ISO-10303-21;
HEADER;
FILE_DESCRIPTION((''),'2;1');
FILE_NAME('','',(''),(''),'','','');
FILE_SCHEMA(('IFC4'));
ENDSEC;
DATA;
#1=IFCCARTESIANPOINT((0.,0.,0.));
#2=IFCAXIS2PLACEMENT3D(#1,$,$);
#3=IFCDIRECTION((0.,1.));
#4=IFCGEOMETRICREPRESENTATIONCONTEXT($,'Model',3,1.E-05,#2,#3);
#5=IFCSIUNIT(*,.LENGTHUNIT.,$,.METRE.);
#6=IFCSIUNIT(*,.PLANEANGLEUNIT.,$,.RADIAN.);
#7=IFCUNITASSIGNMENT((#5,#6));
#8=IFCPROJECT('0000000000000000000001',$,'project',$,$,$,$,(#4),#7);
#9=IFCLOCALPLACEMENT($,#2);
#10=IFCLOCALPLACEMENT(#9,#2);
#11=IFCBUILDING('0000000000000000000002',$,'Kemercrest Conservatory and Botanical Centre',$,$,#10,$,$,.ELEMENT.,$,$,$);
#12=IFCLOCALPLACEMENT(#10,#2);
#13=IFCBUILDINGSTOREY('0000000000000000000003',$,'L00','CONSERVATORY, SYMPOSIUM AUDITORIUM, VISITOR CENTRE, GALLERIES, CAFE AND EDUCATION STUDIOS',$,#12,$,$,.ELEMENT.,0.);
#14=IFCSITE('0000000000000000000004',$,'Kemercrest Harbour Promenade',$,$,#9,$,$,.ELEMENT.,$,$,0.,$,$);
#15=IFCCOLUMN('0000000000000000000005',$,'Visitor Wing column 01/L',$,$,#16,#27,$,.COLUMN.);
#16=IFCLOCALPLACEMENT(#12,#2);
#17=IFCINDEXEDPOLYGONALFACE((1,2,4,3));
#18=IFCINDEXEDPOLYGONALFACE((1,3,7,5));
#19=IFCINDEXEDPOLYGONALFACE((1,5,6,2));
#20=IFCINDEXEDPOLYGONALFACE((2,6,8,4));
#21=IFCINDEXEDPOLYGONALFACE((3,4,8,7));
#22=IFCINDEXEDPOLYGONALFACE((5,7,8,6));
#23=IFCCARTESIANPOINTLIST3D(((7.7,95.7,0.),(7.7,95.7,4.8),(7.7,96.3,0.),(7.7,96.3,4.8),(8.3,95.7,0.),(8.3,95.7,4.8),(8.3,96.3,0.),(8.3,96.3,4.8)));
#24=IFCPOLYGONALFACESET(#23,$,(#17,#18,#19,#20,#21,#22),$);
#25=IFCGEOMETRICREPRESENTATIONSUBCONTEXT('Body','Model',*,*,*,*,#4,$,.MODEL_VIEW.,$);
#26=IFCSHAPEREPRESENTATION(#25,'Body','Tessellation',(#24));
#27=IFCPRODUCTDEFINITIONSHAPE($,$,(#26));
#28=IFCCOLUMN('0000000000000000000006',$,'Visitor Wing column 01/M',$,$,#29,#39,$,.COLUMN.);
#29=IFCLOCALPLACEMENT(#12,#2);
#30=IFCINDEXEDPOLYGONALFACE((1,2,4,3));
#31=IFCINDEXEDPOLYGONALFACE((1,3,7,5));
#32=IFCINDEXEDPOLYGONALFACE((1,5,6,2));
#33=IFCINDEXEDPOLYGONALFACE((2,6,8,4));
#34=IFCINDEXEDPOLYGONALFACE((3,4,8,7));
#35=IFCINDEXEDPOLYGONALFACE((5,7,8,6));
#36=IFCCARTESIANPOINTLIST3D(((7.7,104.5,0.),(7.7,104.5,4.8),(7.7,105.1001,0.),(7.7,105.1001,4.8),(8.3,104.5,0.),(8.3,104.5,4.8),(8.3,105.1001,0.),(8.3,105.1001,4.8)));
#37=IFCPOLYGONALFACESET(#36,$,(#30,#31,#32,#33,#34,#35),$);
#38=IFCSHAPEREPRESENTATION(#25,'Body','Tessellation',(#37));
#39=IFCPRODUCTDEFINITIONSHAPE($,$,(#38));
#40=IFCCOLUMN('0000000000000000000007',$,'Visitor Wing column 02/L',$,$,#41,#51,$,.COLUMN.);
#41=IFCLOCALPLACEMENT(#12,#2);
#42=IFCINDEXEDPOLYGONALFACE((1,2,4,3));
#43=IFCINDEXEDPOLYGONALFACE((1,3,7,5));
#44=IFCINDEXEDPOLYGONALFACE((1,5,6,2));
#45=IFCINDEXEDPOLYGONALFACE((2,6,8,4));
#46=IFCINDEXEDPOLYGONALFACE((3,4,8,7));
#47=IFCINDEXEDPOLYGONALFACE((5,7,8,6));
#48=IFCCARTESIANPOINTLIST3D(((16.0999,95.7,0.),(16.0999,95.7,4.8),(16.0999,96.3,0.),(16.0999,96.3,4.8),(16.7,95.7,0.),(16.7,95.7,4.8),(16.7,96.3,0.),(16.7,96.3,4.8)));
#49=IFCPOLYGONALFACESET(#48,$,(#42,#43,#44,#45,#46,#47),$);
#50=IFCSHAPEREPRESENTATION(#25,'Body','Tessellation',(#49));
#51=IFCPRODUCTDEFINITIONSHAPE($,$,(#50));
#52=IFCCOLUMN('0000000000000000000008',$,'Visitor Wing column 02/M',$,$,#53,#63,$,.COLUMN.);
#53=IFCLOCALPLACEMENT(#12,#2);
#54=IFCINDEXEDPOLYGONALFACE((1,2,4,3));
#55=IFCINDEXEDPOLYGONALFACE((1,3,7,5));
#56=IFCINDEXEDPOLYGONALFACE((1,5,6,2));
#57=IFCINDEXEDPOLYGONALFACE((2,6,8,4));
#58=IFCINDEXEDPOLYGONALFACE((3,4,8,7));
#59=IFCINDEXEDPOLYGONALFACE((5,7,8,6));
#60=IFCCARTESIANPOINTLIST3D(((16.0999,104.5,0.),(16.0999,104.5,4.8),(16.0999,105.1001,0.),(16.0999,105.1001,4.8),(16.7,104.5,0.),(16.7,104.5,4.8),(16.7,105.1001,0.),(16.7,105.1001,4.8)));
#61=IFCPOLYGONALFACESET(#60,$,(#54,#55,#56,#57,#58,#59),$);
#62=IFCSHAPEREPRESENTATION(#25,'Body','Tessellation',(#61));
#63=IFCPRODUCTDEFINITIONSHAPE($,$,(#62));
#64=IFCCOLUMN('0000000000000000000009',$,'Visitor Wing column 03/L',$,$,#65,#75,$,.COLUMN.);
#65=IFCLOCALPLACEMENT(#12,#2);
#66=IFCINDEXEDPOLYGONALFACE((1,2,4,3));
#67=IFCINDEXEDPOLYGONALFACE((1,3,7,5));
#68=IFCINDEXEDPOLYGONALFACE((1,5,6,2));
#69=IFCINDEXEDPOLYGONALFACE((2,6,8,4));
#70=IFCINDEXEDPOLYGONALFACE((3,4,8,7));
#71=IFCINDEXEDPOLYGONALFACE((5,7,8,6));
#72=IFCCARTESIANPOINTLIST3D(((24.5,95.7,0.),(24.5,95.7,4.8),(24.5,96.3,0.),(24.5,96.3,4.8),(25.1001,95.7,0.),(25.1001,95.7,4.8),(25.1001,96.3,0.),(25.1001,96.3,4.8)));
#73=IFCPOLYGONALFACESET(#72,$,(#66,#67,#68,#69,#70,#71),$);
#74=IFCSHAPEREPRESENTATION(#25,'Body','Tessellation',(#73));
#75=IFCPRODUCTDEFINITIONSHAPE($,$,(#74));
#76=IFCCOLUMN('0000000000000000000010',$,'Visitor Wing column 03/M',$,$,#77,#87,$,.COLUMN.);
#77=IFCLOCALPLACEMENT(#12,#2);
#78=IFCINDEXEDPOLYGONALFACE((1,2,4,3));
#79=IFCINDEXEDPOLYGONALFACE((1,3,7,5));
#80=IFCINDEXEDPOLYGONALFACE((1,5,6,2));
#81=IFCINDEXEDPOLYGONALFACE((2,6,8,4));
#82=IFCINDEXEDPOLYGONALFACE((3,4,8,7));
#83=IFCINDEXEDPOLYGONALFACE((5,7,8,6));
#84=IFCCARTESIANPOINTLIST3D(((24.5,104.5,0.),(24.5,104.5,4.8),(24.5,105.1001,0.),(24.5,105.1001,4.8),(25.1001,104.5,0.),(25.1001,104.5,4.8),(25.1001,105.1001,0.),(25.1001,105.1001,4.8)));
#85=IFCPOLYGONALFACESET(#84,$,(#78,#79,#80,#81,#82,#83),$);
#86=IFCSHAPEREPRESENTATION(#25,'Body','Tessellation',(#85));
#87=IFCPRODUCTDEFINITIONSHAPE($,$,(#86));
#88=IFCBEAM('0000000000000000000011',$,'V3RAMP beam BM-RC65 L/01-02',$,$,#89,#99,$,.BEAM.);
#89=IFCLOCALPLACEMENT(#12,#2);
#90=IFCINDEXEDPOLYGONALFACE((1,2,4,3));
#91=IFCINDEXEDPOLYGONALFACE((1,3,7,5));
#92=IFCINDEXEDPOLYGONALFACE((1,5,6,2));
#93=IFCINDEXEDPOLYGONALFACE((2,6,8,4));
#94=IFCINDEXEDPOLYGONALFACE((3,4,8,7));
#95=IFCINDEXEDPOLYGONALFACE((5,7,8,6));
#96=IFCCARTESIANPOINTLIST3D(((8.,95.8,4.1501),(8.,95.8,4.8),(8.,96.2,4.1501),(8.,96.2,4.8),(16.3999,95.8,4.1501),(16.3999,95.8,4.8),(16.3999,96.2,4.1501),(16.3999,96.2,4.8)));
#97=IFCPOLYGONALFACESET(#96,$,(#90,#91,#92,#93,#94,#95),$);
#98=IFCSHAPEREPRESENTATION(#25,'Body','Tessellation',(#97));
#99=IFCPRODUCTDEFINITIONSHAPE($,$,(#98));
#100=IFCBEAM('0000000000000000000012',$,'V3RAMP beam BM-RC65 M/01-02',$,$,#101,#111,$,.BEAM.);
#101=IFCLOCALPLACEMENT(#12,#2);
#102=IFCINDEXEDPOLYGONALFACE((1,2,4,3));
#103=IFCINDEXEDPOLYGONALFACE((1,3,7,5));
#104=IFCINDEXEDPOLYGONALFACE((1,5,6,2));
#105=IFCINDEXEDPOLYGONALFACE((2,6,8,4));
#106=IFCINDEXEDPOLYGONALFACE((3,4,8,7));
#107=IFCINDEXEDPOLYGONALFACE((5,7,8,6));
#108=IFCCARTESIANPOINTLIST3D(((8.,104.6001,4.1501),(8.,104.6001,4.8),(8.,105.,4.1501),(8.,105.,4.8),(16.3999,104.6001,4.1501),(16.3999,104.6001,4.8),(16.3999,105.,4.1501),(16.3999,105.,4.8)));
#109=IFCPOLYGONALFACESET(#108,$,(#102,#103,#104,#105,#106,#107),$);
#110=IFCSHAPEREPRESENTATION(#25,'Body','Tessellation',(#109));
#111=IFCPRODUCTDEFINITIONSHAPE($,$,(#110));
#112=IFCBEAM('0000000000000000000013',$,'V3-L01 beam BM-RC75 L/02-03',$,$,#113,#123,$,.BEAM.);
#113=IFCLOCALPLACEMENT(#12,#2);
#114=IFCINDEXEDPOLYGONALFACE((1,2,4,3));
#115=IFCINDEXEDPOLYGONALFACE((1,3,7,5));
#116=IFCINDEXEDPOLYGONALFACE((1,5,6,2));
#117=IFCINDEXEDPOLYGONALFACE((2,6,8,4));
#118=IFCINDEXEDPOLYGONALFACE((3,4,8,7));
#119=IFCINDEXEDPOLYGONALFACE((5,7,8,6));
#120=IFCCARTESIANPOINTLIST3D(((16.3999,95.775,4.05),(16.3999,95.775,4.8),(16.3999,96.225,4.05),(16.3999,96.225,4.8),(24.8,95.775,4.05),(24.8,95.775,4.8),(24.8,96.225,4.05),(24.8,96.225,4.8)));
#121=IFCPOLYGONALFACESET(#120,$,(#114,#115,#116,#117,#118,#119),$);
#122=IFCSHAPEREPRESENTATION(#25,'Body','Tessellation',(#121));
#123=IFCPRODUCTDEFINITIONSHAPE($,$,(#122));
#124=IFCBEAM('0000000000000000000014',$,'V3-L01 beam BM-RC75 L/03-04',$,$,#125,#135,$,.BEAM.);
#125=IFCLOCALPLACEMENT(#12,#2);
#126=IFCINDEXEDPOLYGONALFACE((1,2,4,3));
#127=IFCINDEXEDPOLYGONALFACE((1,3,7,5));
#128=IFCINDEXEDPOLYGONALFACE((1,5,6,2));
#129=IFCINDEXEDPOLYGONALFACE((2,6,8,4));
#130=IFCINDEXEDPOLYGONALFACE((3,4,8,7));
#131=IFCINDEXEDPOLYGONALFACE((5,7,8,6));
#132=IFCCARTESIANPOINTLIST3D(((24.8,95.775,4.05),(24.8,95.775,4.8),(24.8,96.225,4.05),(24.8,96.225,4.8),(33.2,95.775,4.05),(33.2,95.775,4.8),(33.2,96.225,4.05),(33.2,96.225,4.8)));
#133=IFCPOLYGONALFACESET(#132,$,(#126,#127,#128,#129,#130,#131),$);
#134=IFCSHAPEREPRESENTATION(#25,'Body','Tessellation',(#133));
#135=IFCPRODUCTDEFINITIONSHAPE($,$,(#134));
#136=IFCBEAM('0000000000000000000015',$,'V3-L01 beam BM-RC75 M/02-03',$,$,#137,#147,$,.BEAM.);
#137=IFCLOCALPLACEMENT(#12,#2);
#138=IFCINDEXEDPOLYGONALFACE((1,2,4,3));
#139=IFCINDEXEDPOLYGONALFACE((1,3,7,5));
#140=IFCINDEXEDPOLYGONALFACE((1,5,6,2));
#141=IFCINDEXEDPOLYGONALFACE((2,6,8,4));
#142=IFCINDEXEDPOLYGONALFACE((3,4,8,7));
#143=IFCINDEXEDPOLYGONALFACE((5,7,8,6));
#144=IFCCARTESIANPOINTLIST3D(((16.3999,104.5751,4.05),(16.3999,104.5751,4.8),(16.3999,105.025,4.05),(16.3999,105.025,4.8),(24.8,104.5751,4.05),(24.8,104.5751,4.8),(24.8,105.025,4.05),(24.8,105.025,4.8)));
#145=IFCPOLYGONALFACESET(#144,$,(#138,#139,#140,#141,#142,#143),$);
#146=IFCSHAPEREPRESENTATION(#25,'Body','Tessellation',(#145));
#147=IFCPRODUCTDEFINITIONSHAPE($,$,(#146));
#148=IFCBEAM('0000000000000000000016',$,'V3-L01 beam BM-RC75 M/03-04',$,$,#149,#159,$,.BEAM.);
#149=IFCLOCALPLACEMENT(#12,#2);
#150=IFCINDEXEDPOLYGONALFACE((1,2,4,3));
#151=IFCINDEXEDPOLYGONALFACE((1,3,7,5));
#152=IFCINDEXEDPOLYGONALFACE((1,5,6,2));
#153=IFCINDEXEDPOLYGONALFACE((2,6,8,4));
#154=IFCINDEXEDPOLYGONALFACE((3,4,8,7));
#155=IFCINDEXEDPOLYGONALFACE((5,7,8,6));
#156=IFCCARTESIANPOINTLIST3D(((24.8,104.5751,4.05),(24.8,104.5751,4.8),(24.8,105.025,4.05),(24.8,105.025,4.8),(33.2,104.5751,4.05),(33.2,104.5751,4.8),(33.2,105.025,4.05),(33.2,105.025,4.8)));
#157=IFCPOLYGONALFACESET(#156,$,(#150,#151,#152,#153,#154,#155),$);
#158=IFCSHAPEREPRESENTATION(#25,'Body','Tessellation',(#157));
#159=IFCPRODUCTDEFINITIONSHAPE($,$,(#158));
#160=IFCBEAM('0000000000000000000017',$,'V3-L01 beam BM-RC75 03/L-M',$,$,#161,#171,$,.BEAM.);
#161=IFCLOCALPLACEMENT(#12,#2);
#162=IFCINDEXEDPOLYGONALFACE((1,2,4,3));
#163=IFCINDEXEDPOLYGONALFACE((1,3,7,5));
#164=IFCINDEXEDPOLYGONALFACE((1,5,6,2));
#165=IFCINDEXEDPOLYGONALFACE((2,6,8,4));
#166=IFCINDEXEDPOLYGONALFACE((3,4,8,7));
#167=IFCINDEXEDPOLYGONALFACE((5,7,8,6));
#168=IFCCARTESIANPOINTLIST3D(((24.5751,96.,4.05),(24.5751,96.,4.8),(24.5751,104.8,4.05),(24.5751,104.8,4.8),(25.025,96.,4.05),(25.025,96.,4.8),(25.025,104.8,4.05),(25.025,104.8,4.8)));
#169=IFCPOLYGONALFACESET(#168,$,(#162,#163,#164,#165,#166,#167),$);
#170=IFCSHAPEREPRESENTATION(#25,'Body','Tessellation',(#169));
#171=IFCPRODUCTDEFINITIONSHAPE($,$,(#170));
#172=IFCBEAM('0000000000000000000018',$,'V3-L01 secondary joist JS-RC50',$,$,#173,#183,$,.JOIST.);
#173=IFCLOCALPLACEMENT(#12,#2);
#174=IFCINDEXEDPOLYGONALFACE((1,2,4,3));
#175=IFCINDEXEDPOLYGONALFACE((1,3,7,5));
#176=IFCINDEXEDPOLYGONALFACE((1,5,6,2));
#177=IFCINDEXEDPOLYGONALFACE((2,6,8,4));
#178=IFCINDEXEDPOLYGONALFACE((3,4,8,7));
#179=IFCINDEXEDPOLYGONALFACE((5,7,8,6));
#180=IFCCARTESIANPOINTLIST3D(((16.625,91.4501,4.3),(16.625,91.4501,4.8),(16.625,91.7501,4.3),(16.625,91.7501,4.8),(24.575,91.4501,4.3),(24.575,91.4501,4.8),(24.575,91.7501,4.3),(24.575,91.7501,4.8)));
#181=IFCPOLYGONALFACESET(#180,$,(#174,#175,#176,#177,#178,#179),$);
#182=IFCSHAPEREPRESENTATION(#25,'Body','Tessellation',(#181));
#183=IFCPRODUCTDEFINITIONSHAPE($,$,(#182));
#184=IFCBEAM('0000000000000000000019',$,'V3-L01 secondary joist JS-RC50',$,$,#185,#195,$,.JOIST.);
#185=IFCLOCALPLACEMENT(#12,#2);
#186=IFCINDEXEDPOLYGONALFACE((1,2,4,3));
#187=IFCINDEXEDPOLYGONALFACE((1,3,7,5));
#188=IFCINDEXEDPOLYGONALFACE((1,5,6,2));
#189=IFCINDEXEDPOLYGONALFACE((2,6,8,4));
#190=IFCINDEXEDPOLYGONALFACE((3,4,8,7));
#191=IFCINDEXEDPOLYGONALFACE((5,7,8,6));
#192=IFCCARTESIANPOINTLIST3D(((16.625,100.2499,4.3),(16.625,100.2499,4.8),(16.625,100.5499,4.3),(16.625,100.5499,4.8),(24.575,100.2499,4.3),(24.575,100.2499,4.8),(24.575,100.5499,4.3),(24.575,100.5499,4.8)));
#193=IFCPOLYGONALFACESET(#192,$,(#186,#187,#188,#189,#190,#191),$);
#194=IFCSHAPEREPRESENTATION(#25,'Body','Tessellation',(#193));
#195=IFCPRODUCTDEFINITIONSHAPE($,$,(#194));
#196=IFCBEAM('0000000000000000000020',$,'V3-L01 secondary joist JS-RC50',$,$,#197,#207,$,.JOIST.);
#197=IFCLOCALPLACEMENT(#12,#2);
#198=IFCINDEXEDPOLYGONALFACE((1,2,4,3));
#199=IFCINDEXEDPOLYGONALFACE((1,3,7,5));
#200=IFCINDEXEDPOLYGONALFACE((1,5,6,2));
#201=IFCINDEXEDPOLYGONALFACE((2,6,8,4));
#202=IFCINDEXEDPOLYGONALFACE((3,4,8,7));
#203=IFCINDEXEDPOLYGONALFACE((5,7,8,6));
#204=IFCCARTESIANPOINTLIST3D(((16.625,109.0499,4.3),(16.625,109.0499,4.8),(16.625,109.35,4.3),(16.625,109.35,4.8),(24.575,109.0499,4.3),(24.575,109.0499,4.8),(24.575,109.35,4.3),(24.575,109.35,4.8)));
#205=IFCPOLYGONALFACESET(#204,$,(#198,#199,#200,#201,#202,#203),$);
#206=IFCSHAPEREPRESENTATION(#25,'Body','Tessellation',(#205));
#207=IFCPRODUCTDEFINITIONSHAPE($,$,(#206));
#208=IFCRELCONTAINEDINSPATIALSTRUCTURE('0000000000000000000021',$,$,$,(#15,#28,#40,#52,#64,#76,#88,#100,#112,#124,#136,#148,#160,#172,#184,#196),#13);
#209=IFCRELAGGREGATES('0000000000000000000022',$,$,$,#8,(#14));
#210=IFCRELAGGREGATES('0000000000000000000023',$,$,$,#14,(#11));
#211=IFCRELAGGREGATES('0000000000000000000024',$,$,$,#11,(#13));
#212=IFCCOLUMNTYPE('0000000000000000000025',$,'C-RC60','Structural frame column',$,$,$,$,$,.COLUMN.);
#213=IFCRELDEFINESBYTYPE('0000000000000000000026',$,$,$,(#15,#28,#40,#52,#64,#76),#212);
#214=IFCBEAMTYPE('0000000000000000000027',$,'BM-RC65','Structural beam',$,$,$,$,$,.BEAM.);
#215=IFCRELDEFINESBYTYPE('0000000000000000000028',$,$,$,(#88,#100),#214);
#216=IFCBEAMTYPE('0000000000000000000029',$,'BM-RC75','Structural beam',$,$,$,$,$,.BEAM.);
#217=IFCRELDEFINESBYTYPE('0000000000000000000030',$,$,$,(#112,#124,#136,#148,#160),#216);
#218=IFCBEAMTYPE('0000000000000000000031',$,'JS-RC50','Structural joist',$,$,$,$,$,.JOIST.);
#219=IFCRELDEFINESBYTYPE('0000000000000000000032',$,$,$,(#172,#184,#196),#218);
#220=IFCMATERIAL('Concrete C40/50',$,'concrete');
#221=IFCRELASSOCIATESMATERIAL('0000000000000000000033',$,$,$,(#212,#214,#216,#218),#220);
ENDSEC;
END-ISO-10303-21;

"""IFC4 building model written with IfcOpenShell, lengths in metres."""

from ifc_helpers import new_model, si_unit, direction, frame, origin, origin_2d, place, context, subcontext, project, spatial, rectangle, extrude, material, material_profile, profile_set, type_object, element, save


model = new_model("IFC4")

# Units and contexts
model_context = context("Model", 3, precision=1e-05, world=origin(), true_north=direction((0.0, 1.0)))
body_context = subcontext(model_context, "Body", "Model", "MODEL_VIEW")
ifc_project = project(units=[si_unit("LENGTHUNIT", "METRE"), si_unit("PLANEANGLEUNIT", "RADIAN")], contexts=[model_context])

# Site, building, storey
site_placement = place(None, origin())
site = spatial("IfcSite", under=ifc_project, at=site_placement, Name="Kemercrest Harbour Promenade", CompositionType="ELEMENT", RefElevation=0.0)
building_placement = place(site_placement, origin())
building = spatial("IfcBuilding", under=site, at=building_placement, Name="Kemercrest Conservatory and Botanical Centre", CompositionType="ELEMENT")
storey_placement = place(building_placement, origin())
storey = spatial("IfcBuildingStorey", under=building, at=storey_placement, Name="L00", Description="CONSERVATORY, SYMPOSIUM AUDITORIUM, VISITOR CENTRE, GALLERIES, CAFE AND EDUCATION STUDIOS", CompositionType="ELEMENT", Elevation=0.0)

# Columns
ifc_material_1 = material(Name="Concrete C40/50", Category="concrete")
ifc_material_profile_1 = material_profile(ifc_material_1, rectangle(XDim=0.6001, YDim=0.6001, at=origin_2d()), Name="RC 600x600")
ifc_profile_set_1 = profile_set([ifc_material_profile_1], Name="Concrete C40/50")
column_type = type_object("IfcColumnType", Name="C-RC60", Description="Structural frame column", PredefinedType="COLUMN", material=ifc_profile_set_1)
for number, where, z_axis, x_axis, name in (
    (1, (8.0, 96.0, 0.0), (0.0, 0.0, 1.0), (1.0, 0.0, 0.0), "Visitor Wing column 01/L"),
    (2, (8.0, 104.8, 0.0), (0.0, 0.0, 1.0), (1.0, 0.0, 0.0), "Visitor Wing column 01/M"),
    (3, (16.3999, 96.0, 0.0), (0.0, 0.0, 1.0), (1.0, 0.0, 0.0), "Visitor Wing column 02/L"),
    (4, (16.3999, 104.8, 0.0), (0.0, 0.0, 1.0), (1.0, 0.0, 0.0), "Visitor Wing column 02/M"),
    (5, (24.8, 96.0, 0.0), (0.0, 0.0, 1.0), (1.0, 0.0, 0.0), "Visitor Wing column 03/L"),
    (6, (24.8, 104.8, 0.0), (0.0, 0.0, 1.0), (1.0, 0.0, 0.0), "Visitor Wing column 03/M"),
):
    element("IfcColumn", number, at=place(storey_placement, frame(where, z_axis=z_axis, x_axis=x_axis)), inside=storey, type_object=column_type, Name=name, PredefinedType="COLUMN", context=body_context, shape_type="SweptSolid", body=[
        extrude(rectangle(XDim=0.6001, YDim=0.6001, at=origin_2d()), origin(), (0.0, 0.0, 1.0), 4.8),
    ])

# Beams
ifc_material_profile_2 = material_profile(ifc_material_1, rectangle(XDim=0.3999, YDim=0.6499, at=origin_2d()), Name="RC 400x650")
ifc_profile_set_2 = profile_set([ifc_material_profile_2], Name="Concrete C40/50")
beam_type_1 = type_object("IfcBeamType", Name="BM-RC65", Description="Structural beam", PredefinedType="BEAM", material=ifc_profile_set_2)
for number, where, z_axis, x_axis, name in (
    (7, (8.0, 96.0, 4.4751), (1.0, 0.0, 0.0), (0.0, 1.0, 0.0), "V3RAMP beam BM-RC65 L/01-02"),
    (8, (8.0, 104.8, 4.4751), (1.0, 0.0, 0.0), (0.0, 1.0, 0.0), "V3RAMP beam BM-RC65 M/01-02"),
):
    element("IfcBeam", number, at=place(storey_placement, frame(where, z_axis=z_axis, x_axis=x_axis)), inside=storey, type_object=beam_type_1, Name=name, PredefinedType="BEAM", context=body_context, shape_type="SweptSolid", body=[
        extrude(rectangle(XDim=0.3999, YDim=0.6499, at=origin_2d()), origin(), (0.0, 0.0, 1.0), 8.3999),
    ])
ifc_material_profile_3 = material_profile(ifc_material_1, rectangle(XDim=0.45, YDim=0.75, at=origin_2d()), Name="RC 450x750")
ifc_profile_set_3 = profile_set([ifc_material_profile_3], Name="Concrete C40/50")
beam_type_2 = type_object("IfcBeamType", Name="BM-RC75", Description="Structural beam", PredefinedType="BEAM", material=ifc_profile_set_3)
beam_1_placement = place(storey_placement, frame((16.3999, 96.0, 4.425), z_axis=(1.0, 0.0, 0.0), x_axis=(0.0, 1.0, 0.0)))
element("IfcBeam", 9, at=beam_1_placement, inside=storey, type_object=beam_type_2, Name="V3-L01 beam BM-RC75 L/02-03", PredefinedType="BEAM", context=body_context, shape_type="SweptSolid", body=[
    extrude(rectangle(XDim=0.45, YDim=0.75, at=origin_2d()), origin(), (0.0, 0.0, 1.0), 8.4001),
])
beam_2_placement = place(storey_placement, frame((24.8, 96.0, 4.425), z_axis=(1.0, 0.0, 0.0), x_axis=(0.0, 1.0, 0.0)))
element("IfcBeam", 10, at=beam_2_placement, inside=storey, type_object=beam_type_2, Name="V3-L01 beam BM-RC75 L/03-04", PredefinedType="BEAM", context=body_context, shape_type="SweptSolid", body=[
    extrude(rectangle(XDim=0.45, YDim=0.75, at=origin_2d()), origin(), (0.0, 0.0, 1.0), 8.3999),
])
beam_3_placement = place(storey_placement, frame((16.3999, 104.8, 4.425), z_axis=(1.0, 0.0, 0.0), x_axis=(0.0, 1.0, 0.0)))
element("IfcBeam", 11, at=beam_3_placement, inside=storey, type_object=beam_type_2, Name="V3-L01 beam BM-RC75 M/02-03", PredefinedType="BEAM", context=body_context, shape_type="SweptSolid", body=[
    extrude(rectangle(XDim=0.45, YDim=0.75, at=origin_2d()), origin(), (0.0, 0.0, 1.0), 8.4001),
])
beam_4_placement = place(storey_placement, frame((24.8, 104.8, 4.425), z_axis=(1.0, 0.0, 0.0), x_axis=(0.0, 1.0, 0.0)))
element("IfcBeam", 12, at=beam_4_placement, inside=storey, type_object=beam_type_2, Name="V3-L01 beam BM-RC75 M/03-04", PredefinedType="BEAM", context=body_context, shape_type="SweptSolid", body=[
    extrude(rectangle(XDim=0.45, YDim=0.75, at=origin_2d()), origin(), (0.0, 0.0, 1.0), 8.3999),
])
beam_5_placement = place(storey_placement, frame((24.8, 96.0, 4.425), z_axis=(0.0, 1.0, 0.0), x_axis=(-1.0, 0.0, 0.0)))
element("IfcBeam", 13, at=beam_5_placement, inside=storey, type_object=beam_type_2, Name="V3-L01 beam BM-RC75 03/L-M", PredefinedType="BEAM", context=body_context, shape_type="SweptSolid", body=[
    extrude(rectangle(XDim=0.45, YDim=0.75, at=origin_2d()), origin(), (0.0, 0.0, 1.0), 8.8),
])
ifc_material_profile_4 = material_profile(ifc_material_1, rectangle(XDim=0.3, YDim=0.5, at=origin_2d()), Name="RC 300x500")
ifc_profile_set_4 = profile_set([ifc_material_profile_4], Name="Concrete C40/50")
beam_type_3 = type_object("IfcBeamType", Name="JS-RC50", Description="Structural joist", PredefinedType="JOIST", material=ifc_profile_set_4)
for number, where, z_axis, x_axis, name in (
    (14, (16.625, 91.6001, 4.55), (1.0, 0.0, 0.0), (0.0, 1.0, 0.0), "V3-L01 secondary joist JS-RC50"),
    (15, (16.625, 100.3999, 4.55), (1.0, 0.0, 0.0), (0.0, 1.0, 0.0), "V3-L01 secondary joist JS-RC50"),
    (16, (16.625, 109.2, 4.55), (1.0, 0.0, 0.0), (0.0, 1.0, 0.0), "V3-L01 secondary joist JS-RC50"),
):
    element("IfcBeam", number, at=place(storey_placement, frame(where, z_axis=z_axis, x_axis=x_axis)), inside=storey, type_object=beam_type_3, Name=name, PredefinedType="JOIST", context=body_context, shape_type="SweptSolid", body=[
        extrude(rectangle(XDim=0.3, YDim=0.5, at=origin_2d()), origin(), (0.0, 0.0, 1.0), 7.95),
    ])

save(model, "model.ifc")
